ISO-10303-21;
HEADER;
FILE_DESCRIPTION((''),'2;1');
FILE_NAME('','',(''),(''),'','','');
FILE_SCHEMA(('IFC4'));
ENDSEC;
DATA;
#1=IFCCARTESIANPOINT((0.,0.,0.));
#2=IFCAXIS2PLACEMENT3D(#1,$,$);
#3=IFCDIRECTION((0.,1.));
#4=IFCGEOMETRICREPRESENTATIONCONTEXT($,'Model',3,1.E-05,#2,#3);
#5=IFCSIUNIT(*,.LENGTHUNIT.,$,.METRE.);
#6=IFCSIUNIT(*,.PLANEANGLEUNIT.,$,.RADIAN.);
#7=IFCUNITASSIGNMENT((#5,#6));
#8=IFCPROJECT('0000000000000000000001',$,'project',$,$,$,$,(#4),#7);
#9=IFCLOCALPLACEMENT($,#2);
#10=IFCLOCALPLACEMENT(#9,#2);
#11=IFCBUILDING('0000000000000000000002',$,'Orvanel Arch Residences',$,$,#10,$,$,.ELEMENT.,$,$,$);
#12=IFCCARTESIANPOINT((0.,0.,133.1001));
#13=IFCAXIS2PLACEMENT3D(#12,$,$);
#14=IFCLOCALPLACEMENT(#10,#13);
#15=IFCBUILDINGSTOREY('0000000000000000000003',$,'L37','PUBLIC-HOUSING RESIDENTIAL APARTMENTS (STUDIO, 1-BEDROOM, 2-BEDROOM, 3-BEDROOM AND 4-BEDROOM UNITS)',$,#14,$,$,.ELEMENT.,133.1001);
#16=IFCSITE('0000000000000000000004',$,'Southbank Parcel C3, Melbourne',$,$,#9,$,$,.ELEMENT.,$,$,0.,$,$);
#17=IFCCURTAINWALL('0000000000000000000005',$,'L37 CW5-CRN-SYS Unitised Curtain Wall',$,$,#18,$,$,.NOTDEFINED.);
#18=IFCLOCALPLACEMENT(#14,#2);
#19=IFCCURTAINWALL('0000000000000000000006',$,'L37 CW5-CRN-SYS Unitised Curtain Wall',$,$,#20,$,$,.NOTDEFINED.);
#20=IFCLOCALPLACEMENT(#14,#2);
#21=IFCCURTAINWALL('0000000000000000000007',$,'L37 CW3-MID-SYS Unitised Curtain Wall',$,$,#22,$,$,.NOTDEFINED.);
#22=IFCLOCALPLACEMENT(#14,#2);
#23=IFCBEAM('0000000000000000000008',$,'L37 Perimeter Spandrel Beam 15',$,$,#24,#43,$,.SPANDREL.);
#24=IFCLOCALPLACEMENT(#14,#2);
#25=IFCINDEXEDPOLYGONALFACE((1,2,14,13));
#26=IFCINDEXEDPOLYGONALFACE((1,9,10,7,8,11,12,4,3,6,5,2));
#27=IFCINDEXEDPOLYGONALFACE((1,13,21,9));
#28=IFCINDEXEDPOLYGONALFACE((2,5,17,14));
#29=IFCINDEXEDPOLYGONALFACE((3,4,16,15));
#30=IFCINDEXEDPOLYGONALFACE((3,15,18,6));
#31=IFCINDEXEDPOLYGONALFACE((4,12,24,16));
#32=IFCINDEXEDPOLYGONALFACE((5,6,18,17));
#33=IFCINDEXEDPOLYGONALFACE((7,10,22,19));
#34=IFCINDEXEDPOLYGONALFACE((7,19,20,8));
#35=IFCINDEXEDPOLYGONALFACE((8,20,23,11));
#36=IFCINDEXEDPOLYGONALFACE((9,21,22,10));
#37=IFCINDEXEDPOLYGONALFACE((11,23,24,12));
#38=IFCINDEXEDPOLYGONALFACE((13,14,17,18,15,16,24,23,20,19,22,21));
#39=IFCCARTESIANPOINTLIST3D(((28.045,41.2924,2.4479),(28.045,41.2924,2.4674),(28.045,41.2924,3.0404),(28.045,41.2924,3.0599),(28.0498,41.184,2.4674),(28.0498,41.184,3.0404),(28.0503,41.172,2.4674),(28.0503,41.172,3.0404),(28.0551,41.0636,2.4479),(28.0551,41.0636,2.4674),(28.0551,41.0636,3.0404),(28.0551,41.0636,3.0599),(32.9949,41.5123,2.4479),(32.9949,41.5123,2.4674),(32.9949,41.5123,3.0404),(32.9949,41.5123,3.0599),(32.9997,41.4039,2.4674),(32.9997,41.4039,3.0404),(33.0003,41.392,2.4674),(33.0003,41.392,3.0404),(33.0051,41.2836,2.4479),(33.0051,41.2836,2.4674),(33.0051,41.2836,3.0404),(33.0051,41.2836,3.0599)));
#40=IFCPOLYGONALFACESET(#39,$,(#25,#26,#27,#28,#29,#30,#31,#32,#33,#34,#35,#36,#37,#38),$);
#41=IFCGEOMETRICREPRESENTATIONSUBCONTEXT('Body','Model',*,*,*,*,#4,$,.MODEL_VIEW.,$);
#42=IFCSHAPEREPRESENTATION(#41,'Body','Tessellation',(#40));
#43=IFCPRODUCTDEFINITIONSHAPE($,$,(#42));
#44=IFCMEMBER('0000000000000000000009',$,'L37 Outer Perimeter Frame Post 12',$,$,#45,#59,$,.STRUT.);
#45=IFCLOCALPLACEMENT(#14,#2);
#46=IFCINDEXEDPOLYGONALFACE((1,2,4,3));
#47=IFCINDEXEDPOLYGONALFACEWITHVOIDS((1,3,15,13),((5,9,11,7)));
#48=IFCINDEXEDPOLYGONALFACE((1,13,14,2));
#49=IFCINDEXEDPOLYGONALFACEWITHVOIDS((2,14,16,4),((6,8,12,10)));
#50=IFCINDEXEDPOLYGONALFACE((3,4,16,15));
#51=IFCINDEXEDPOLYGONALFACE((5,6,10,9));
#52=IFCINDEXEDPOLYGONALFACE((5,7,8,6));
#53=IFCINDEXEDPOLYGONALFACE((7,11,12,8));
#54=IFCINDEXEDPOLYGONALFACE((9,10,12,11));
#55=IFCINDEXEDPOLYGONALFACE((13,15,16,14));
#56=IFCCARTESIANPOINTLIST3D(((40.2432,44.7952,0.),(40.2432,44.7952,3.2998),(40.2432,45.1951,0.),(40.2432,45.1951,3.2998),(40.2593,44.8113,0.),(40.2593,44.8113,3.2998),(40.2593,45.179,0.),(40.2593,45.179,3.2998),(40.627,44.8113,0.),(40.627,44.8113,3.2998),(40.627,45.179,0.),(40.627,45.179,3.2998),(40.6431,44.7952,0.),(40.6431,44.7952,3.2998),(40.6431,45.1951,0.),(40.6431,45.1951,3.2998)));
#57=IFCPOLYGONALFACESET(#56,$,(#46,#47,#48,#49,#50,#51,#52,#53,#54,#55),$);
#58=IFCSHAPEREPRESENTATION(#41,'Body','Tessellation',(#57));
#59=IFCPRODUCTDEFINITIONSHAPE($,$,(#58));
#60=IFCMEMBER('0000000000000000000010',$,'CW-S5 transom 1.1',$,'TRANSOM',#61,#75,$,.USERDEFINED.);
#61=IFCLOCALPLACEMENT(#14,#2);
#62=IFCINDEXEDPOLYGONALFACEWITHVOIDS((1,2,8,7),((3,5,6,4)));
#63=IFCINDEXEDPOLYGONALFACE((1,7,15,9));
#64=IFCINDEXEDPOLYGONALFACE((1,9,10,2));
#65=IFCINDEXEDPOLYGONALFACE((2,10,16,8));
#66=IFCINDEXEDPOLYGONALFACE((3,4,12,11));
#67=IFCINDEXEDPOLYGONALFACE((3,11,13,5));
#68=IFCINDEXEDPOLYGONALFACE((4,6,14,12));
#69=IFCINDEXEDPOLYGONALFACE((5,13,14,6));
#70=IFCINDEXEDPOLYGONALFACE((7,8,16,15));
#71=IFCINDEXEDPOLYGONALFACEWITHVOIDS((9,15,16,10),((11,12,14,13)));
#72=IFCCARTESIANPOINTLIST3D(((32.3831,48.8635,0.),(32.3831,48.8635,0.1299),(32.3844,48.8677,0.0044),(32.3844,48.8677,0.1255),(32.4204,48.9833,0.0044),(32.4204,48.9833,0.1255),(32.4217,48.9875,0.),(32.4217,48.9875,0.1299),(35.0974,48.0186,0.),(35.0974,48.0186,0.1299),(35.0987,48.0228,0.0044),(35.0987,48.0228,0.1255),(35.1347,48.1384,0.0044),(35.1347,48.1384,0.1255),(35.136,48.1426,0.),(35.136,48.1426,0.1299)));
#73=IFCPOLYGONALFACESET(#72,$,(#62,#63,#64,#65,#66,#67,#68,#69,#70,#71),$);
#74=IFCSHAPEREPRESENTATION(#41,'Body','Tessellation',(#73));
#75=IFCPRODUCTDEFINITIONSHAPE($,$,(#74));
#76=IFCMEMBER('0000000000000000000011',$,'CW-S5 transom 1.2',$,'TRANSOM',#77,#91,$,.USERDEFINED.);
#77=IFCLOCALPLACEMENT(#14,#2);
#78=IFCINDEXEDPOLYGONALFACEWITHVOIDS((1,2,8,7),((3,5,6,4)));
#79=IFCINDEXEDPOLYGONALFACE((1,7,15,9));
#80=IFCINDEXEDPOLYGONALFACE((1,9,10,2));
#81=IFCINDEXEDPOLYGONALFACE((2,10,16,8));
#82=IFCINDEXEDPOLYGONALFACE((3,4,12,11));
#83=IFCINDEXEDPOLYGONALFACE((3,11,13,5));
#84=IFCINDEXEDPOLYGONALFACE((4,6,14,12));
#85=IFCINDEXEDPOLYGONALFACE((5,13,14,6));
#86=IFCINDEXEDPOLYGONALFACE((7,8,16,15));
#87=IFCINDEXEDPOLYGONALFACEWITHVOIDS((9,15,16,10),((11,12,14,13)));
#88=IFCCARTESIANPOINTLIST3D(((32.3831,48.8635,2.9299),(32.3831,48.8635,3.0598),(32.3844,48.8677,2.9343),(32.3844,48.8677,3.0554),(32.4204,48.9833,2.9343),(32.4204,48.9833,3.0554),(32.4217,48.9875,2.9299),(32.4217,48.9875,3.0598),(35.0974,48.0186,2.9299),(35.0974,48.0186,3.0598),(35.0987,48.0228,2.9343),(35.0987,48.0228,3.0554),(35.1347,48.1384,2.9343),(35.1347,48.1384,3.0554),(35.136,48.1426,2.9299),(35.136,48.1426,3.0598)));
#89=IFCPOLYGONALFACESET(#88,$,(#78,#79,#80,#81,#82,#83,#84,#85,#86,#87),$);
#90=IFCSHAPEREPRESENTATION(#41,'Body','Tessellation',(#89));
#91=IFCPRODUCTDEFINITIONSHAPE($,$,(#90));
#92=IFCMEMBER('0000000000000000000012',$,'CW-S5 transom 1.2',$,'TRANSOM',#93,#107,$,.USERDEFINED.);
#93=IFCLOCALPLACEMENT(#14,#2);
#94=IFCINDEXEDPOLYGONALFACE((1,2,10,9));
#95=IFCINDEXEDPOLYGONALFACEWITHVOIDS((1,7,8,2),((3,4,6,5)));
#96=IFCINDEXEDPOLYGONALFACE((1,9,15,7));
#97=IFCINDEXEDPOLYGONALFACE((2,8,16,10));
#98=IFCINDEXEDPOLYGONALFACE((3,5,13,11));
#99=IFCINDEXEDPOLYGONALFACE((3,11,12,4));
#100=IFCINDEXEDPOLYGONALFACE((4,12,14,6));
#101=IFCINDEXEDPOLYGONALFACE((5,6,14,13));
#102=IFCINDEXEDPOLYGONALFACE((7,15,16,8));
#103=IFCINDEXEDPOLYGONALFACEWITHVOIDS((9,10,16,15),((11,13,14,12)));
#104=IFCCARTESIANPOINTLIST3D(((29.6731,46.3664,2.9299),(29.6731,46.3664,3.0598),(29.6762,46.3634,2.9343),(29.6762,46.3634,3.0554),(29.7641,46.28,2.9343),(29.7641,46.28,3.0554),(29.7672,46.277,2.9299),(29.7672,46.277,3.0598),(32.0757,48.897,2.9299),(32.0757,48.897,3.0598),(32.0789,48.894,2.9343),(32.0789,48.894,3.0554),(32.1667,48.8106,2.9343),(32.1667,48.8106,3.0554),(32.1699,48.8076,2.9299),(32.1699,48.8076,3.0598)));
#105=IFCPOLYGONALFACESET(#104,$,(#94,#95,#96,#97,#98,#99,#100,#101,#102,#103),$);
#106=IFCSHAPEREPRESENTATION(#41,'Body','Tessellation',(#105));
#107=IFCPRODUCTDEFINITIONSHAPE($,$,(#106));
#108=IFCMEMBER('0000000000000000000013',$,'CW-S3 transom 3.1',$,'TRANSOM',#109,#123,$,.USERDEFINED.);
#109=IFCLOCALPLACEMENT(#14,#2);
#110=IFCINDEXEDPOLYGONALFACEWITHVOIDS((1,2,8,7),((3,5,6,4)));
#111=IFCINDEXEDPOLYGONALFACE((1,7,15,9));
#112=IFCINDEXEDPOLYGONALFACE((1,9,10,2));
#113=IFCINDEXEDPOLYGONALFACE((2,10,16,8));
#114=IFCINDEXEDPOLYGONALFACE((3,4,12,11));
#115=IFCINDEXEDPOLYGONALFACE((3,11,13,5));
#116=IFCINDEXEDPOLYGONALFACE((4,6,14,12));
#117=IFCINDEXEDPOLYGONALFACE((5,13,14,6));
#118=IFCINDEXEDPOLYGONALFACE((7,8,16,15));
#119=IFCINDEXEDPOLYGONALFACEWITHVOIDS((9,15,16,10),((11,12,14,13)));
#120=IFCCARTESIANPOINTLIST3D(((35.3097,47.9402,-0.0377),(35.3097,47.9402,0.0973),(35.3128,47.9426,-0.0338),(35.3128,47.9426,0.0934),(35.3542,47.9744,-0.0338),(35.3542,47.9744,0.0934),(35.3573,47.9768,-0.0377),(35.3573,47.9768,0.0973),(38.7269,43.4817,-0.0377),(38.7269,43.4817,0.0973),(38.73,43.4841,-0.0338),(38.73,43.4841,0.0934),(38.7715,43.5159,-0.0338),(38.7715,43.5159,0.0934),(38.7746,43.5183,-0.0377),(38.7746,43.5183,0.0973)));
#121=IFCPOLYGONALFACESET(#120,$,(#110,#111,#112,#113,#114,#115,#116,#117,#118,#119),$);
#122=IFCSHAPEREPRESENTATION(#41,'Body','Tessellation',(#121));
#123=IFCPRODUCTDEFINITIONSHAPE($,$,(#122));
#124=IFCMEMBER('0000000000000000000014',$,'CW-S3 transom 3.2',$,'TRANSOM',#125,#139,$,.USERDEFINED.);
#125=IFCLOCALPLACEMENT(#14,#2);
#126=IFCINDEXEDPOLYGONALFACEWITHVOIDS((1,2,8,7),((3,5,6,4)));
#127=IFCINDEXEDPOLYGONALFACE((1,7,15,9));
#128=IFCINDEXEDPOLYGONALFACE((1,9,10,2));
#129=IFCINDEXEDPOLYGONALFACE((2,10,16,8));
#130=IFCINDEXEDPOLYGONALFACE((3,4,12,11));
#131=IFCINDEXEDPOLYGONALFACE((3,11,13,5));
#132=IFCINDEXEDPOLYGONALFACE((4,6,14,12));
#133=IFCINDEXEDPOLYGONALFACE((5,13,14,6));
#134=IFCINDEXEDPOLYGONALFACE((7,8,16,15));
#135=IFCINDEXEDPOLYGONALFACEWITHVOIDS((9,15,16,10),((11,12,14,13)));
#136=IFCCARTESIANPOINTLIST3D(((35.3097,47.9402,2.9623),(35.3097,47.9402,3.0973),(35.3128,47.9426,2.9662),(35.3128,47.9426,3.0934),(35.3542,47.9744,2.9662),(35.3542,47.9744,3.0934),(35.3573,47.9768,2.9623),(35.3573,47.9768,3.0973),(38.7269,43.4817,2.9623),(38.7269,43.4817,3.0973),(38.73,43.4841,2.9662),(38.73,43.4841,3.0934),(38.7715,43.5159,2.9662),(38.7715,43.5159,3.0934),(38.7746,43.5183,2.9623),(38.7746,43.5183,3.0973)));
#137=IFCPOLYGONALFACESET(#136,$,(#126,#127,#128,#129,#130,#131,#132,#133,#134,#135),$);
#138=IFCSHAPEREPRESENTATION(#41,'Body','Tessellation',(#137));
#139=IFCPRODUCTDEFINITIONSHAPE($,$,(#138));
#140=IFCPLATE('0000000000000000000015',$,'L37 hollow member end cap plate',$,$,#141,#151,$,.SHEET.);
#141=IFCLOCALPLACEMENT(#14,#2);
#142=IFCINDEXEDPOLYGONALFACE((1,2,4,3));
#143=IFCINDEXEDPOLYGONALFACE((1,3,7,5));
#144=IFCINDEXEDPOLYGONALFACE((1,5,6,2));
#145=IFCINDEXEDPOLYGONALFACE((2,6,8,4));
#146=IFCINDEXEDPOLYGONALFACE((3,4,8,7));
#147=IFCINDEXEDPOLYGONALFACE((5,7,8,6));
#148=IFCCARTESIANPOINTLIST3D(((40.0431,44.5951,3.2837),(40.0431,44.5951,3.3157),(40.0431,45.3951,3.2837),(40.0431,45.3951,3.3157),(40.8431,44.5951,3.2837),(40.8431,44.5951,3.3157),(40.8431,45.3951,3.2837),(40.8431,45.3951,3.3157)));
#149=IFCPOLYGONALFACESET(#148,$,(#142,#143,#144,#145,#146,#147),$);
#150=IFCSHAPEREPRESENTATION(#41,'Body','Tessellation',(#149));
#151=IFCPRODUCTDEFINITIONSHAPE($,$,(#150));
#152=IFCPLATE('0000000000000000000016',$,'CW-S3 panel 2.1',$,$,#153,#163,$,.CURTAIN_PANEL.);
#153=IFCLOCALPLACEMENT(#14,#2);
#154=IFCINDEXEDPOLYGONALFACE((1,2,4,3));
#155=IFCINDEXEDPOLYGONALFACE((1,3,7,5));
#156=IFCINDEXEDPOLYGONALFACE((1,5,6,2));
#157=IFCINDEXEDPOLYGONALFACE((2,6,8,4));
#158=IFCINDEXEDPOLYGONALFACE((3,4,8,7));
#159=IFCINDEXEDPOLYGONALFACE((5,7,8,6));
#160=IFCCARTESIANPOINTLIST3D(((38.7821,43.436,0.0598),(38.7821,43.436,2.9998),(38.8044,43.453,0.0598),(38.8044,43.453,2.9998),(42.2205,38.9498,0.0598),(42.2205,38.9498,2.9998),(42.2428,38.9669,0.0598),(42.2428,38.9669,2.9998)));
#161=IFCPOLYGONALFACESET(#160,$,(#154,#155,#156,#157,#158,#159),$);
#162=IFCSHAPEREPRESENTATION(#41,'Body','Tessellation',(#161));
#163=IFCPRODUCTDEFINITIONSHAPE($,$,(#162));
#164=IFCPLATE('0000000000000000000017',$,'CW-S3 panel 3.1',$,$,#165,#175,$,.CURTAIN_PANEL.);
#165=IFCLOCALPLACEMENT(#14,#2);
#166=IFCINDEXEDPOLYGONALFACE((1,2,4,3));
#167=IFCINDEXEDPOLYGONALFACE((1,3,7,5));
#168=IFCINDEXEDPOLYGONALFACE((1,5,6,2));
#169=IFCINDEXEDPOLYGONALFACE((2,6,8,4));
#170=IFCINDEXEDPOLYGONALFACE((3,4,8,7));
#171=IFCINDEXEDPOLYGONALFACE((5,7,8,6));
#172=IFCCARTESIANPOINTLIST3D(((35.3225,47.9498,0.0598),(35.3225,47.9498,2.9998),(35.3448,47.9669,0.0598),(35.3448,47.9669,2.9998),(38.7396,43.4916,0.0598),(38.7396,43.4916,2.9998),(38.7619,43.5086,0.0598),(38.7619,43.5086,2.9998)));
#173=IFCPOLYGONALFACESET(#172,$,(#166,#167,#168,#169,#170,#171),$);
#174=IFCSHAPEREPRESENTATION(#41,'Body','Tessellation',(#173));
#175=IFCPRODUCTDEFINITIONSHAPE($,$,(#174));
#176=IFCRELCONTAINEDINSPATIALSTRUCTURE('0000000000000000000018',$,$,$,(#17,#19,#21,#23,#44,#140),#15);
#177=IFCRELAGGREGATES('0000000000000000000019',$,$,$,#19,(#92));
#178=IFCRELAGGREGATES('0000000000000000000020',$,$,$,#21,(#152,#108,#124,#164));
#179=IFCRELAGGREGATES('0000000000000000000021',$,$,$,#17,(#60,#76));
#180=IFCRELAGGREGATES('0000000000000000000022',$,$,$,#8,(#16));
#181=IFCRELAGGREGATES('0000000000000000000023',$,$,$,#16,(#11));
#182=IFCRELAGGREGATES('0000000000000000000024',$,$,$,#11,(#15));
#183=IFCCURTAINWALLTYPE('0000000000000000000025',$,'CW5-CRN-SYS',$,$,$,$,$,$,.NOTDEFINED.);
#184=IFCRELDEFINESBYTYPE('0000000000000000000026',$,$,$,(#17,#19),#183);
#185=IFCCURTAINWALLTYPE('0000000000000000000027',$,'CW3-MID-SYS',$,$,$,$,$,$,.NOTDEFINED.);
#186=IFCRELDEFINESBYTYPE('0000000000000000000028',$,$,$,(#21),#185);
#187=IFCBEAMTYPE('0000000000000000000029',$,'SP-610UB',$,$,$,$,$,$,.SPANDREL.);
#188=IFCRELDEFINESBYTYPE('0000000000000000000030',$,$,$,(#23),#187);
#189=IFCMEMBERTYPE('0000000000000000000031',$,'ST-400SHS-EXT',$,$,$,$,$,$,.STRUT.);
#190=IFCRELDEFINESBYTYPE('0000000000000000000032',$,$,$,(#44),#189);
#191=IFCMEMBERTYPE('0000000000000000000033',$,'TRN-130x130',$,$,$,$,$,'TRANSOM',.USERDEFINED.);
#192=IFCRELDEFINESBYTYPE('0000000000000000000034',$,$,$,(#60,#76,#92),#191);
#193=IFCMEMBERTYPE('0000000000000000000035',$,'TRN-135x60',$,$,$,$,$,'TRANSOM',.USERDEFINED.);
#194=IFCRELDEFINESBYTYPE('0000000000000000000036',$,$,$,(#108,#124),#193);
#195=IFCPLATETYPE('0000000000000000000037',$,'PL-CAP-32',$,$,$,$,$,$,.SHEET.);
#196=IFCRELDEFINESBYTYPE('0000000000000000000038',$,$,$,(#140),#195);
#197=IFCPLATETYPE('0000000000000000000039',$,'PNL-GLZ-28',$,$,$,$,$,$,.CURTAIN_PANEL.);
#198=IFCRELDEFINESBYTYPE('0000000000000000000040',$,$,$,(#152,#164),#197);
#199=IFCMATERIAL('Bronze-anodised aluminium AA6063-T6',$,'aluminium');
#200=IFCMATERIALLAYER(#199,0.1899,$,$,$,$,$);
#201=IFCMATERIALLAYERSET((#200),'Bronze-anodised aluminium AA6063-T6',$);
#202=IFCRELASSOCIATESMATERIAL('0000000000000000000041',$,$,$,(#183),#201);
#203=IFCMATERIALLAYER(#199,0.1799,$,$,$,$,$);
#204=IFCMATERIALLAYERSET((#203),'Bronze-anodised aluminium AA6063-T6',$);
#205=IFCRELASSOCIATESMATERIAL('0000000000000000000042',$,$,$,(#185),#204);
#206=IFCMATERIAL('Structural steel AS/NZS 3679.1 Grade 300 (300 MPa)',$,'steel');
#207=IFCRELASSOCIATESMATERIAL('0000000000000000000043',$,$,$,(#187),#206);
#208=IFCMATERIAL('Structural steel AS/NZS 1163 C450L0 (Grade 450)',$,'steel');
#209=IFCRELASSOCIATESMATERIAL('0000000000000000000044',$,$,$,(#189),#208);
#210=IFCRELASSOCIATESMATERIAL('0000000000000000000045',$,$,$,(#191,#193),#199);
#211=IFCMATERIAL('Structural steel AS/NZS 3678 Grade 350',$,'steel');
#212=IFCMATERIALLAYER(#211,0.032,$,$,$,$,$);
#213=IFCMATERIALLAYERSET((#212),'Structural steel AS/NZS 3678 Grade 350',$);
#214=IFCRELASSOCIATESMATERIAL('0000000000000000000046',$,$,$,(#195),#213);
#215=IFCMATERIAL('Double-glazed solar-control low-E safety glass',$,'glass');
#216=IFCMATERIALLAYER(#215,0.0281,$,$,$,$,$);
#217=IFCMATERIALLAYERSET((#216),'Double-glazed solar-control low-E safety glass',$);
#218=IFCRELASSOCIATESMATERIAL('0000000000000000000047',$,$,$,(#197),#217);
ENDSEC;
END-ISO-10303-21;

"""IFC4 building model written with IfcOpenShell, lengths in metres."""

from ifc_helpers import new_model, si_unit, direction, frame, origin, origin_2d, place, context, subcontext, project, spatial, rectangle, hollow_rectangle, i_section, extrude, material, layer, layer_set, material_profile, profile_set, type_object, element, aggregate, save


model = new_model("IFC4")

# Units and contexts
model_context = context("Model", 3, precision=1e-05, world=origin(), true_north=direction((0.0, 1.0)))
body_context = subcontext(model_context, "Body", "Model", "MODEL_VIEW")
ifc_project = project(units=[si_unit("LENGTHUNIT", "METRE"), si_unit("PLANEANGLEUNIT", "RADIAN")], contexts=[model_context])

# Site, building, storey
site_placement = place(None, origin())
site = spatial("IfcSite", under=ifc_project, at=site_placement, Name="Southbank Parcel C3, Melbourne", CompositionType="ELEMENT", RefElevation=0.0)
building_placement = place(site_placement, origin())
building = spatial("IfcBuilding", under=site, at=building_placement, Name="Orvanel Arch Residences", CompositionType="ELEMENT")
storey_placement = place(building_placement, frame((0.0, 0.0, 133.1001)))
storey = spatial("IfcBuildingStorey", under=building, at=storey_placement, Name="L37", Description="PUBLIC-HOUSING RESIDENTIAL APARTMENTS (STUDIO, 1-BEDROOM, 2-BEDROOM, 3-BEDROOM AND 4-BEDROOM UNITS)", CompositionType="ELEMENT", Elevation=133.1001)

# Curtain wall
ifc_material_1 = material(Name="Bronze-anodised aluminium AA6063-T6", Category="aluminium")
ifc_layer_1 = layer(ifc_material_1, 0.1899)
ifc_layer_set_1 = layer_set([ifc_layer_1], Name="Bronze-anodised aluminium AA6063-T6")
curtain_wall_type_1 = type_object("IfcCurtainWallType", Name="CW5-CRN-SYS", PredefinedType="NOTDEFINED", material=ifc_layer_set_1)
curtain_wall_1_placement = place(storey_placement, origin())
curtain_wall_1 = element("IfcCurtainWall", 1, at=curtain_wall_1_placement, inside=storey, type_object=curtain_wall_type_1, Name="L37 CW5-CRN-SYS Unitised Curtain Wall", PredefinedType="NOTDEFINED")

# Curtain wall
curtain_wall_2_placement = place(storey_placement, origin())
curtain_wall_2 = element("IfcCurtainWall", 2, at=curtain_wall_2_placement, inside=storey, type_object=curtain_wall_type_1, Name="L37 CW5-CRN-SYS Unitised Curtain Wall", PredefinedType="NOTDEFINED")

# Curtain wall
ifc_layer_2 = layer(ifc_material_1, 0.1799)
ifc_layer_set_2 = layer_set([ifc_layer_2], Name="Bronze-anodised aluminium AA6063-T6")
curtain_wall_type_2 = type_object("IfcCurtainWallType", Name="CW3-MID-SYS", PredefinedType="NOTDEFINED", material=ifc_layer_set_2)
curtain_wall_3_placement = place(storey_placement, origin())
curtain_wall_3 = element("IfcCurtainWall", 3, at=curtain_wall_3_placement, inside=storey, type_object=curtain_wall_type_2, Name="L37 CW3-MID-SYS Unitised Curtain Wall", PredefinedType="NOTDEFINED")

# Beam
ifc_material_2 = material(Name="Structural steel AS/NZS 3679.1 Grade 300 (300 MPa)", Category="steel")
ifc_material_profile_1 = material_profile(ifc_material_2, i_section(OverallWidth=0.229, OverallDepth=0.6121, WebThickness=0.012, FlangeThickness=0.0195, at=origin_2d()), Name="610UB125")
ifc_profile_set_1 = profile_set([ifc_material_profile_1], Name="Structural steel AS/NZS 3679.1 Grade 300 (300 MPa)")
beam_type_1 = type_object("IfcBeamType", Name="SP-610UB", PredefinedType="SPANDREL", material=ifc_profile_set_1)
for number, where, z_axis, x_axis, name in (
    (4, (33.0, 41.3979, 2.7539), (-0.999014, -0.044395, 0.0), (0.044395, -0.999014, 0.0), "L37 Perimeter Spandrel Beam 15"),
):
    element("IfcBeam", number, at=place(storey_placement, frame(where, z_axis=z_axis, x_axis=x_axis)), inside=storey, type_object=beam_type_1, Name=name, PredefinedType="SPANDREL", context=body_context, shape_type="SweptSolid", body=[
        extrude(i_section(OverallWidth=0.229, OverallDepth=0.6121, WebThickness=0.012, FlangeThickness=0.0195, at=origin_2d()), origin(), (0.0, 0.0, 1.0), 4.9548),
    ])

# Members
ifc_material_3 = material(Name="Structural steel AS/NZS 1163 C450L0 (Grade 450)", Category="steel")
ifc_material_profile_2 = material_profile(ifc_material_3, hollow_rectangle(XDim=0.3999, YDim=0.3999, WallThickness=0.0161, at=origin_2d()), Name="SHS400x400x16")
ifc_profile_set_2 = profile_set([ifc_material_profile_2], Name="Structural steel AS/NZS 1163 C450L0 (Grade 450)")
member_type_1 = type_object("IfcMemberType", Name="ST-400SHS-EXT", PredefinedType="STRUT", material=ifc_profile_set_2)
member_1_placement = place(storey_placement, frame((40.4431, 44.9951, 0.0), z_axis=(0.0, 0.0, 1.0), x_axis=(1.0, 0.0, 0.0)))
element("IfcMember", 5, at=member_1_placement, inside=storey, type_object=member_type_1, Name="L37 Outer Perimeter Frame Post 12", PredefinedType="STRUT", context=body_context, shape_type="SweptSolid", body=[
    extrude(hollow_rectangle(XDim=0.3999, YDim=0.3999, WallThickness=0.0161, at=origin_2d()), origin(), (0.0, 0.0, 1.0), 3.2998),
])
ifc_material_profile_3 = material_profile(ifc_material_1, hollow_rectangle(XDim=0.1299, YDim=0.1299, WallThickness=0.0044, at=origin_2d()), Name="ALU130x130x4.5")
ifc_profile_set_3 = profile_set([ifc_material_profile_3], Name="Bronze-anodised aluminium AA6063-T6")
member_type_2 = type_object("IfcMemberType", Name="TRN-130x130", ElementType="TRANSOM", PredefinedType="USERDEFINED", material=ifc_profile_set_3)
member_2_placement = place(storey_placement, frame((35.1167, 48.0806, 0.0649), z_axis=(-0.954806, 0.297228, 0.0), x_axis=(-0.297228, -0.954806, 0.0)))
member_2 = element("IfcMember", 6, at=member_2_placement, type_object=member_type_2, Name="CW-S5 transom 1.1", ObjectType="TRANSOM", PredefinedType="USERDEFINED", context=body_context, shape_type="SweptSolid", body=[
    extrude(hollow_rectangle(XDim=0.1299, YDim=0.1299, WallThickness=0.0044, at=origin_2d()), origin(), (0.0, 0.0, 1.0), 2.8428),
])
member_3_placement = place(storey_placement, frame((35.1167, 48.0806, 2.9949), z_axis=(-0.954806, 0.297228, 0.0), x_axis=(-0.297228, -0.954806, 0.0)))
member_3 = element("IfcMember", 7, at=member_3_placement, type_object=member_type_2, Name="CW-S5 transom 1.2", ObjectType="TRANSOM", PredefinedType="USERDEFINED", context=body_context, shape_type="SweptSolid", body=[
    extrude(hollow_rectangle(XDim=0.1299, YDim=0.1299, WallThickness=0.0044, at=origin_2d()), origin(), (0.0, 0.0, 1.0), 2.8428),
])
member_4_placement = place(storey_placement, frame((32.1228, 48.8523, 2.9949), z_axis=(-0.688538, -0.7252, 0.0), x_axis=(0.7252, -0.688538, 0.0)))
member_4 = element("IfcMember", 8, at=member_4_placement, type_object=member_type_2, Name="CW-S5 transom 1.2", ObjectType="TRANSOM", PredefinedType="USERDEFINED", context=body_context, shape_type="SweptSolid", body=[
    extrude(hollow_rectangle(XDim=0.1299, YDim=0.1299, WallThickness=0.0044, at=origin_2d()), origin(), (0.0, 0.0, 1.0), 3.4895),
])
aggregate(curtain_wall_2, [member_4])
ifc_material_profile_4 = material_profile(ifc_material_1, hollow_rectangle(XDim=0.0601, YDim=0.135, WallThickness=0.0039, at=origin_2d()), Name="ALU135x60x4")
ifc_profile_set_4 = profile_set([ifc_material_profile_4], Name="Bronze-anodised aluminium AA6063-T6")
member_type_3 = type_object("IfcMemberType", Name="TRN-135x60", ElementType="TRANSOM", PredefinedType="USERDEFINED", material=ifc_profile_set_4)
member_5_placement = place(storey_placement, frame((38.7507, 43.5, 0.0298), z_axis=(-0.608326, 0.793687, 0.0), x_axis=(-0.793687, -0.608326, 0.0)))
member_5 = element("IfcMember", 9, at=member_5_placement, type_object=member_type_3, Name="CW-S3 transom 3.1", ObjectType="TRANSOM", PredefinedType="USERDEFINED", context=body_context, shape_type="SweptSolid", body=[
    extrude(hollow_rectangle(XDim=0.0601, YDim=0.135, WallThickness=0.0039, at=origin_2d()), origin(), (0.0, 0.0, 1.0), 5.6174),
])
member_6_placement = place(storey_placement, frame((38.7507, 43.5, 3.0298), z_axis=(-0.608326, 0.793687, 0.0), x_axis=(-0.793687, -0.608326, 0.0)))
member_6 = element("IfcMember", 10, at=member_6_placement, type_object=member_type_3, Name="CW-S3 transom 3.2", ObjectType="TRANSOM", PredefinedType="USERDEFINED", context=body_context, shape_type="SweptSolid", body=[
    extrude(hollow_rectangle(XDim=0.0601, YDim=0.135, WallThickness=0.0039, at=origin_2d()), origin(), (0.0, 0.0, 1.0), 5.6174),
])

# Plates
ifc_material_4 = material(Name="Structural steel AS/NZS 3678 Grade 350", Category="steel")
ifc_layer_3 = layer(ifc_material_4, 0.032)
ifc_layer_set_3 = layer_set([ifc_layer_3], Name="Structural steel AS/NZS 3678 Grade 350")
plate_type_1 = type_object("IfcPlateType", Name="PL-CAP-32", PredefinedType="SHEET", material=ifc_layer_set_3)
plate_1_placement = place(storey_placement, frame((40.4431, 44.9951, 3.2837), z_axis=(0.0, 0.0, 1.0), x_axis=(1.0, 0.0, 0.0)))
element("IfcPlate", 11, at=plate_1_placement, inside=storey, type_object=plate_type_1, Name="L37 hollow member end cap plate", PredefinedType="SHEET", context=body_context, shape_type="SweptSolid", body=[
    extrude(rectangle(XDim=0.8, YDim=0.8, at=origin_2d()), origin(), (0.0, 0.0, 1.0), 0.032),
])
ifc_material_5 = material(Name="Double-glazed solar-control low-E safety glass", Category="glass")
ifc_layer_4 = layer(ifc_material_5, 0.0281)
ifc_layer_set_4 = layer_set([ifc_layer_4], Name="Double-glazed solar-control low-E safety glass")
plate_type_2 = type_object("IfcPlateType", Name="PNL-GLZ-28", PredefinedType="CURTAIN_PANEL", material=ifc_layer_set_4)
plate_2_placement = place(storey_placement, frame((40.5125, 41.2014, 0.0598), z_axis=(0.0, 0.0, 1.0), x_axis=(-0.608328, 0.793686, 0.0)))
plate_2 = element("IfcPlate", 12, at=plate_2_placement, type_object=plate_type_2, Name="CW-S3 panel 2.1", PredefinedType="CURTAIN_PANEL", context=body_context, shape_type="SweptSolid", body=[
    extrude(rectangle(XDim=5.6523, YDim=0.0281, at=origin_2d()), origin(), (0.0, 0.0, 1.0), 2.9399),
])
plate_3_placement = place(storey_placement, frame((37.0422, 45.7292, 0.0598), z_axis=(0.0, 0.0, 1.0), x_axis=(-0.608328, 0.793686, 0.0)))
plate_3 = element("IfcPlate", 13, at=plate_3_placement, type_object=plate_type_2, Name="CW-S3 panel 3.1", PredefinedType="CURTAIN_PANEL", context=body_context, shape_type="SweptSolid", body=[
    extrude(rectangle(XDim=5.6172, YDim=0.0281, at=origin_2d()), origin(), (0.0, 0.0, 1.0), 2.9399),
])
aggregate(curtain_wall_3, [plate_2, member_5, member_6, plate_3])
aggregate(curtain_wall_1, [member_2, member_3])

save(model, "model.ifc")
